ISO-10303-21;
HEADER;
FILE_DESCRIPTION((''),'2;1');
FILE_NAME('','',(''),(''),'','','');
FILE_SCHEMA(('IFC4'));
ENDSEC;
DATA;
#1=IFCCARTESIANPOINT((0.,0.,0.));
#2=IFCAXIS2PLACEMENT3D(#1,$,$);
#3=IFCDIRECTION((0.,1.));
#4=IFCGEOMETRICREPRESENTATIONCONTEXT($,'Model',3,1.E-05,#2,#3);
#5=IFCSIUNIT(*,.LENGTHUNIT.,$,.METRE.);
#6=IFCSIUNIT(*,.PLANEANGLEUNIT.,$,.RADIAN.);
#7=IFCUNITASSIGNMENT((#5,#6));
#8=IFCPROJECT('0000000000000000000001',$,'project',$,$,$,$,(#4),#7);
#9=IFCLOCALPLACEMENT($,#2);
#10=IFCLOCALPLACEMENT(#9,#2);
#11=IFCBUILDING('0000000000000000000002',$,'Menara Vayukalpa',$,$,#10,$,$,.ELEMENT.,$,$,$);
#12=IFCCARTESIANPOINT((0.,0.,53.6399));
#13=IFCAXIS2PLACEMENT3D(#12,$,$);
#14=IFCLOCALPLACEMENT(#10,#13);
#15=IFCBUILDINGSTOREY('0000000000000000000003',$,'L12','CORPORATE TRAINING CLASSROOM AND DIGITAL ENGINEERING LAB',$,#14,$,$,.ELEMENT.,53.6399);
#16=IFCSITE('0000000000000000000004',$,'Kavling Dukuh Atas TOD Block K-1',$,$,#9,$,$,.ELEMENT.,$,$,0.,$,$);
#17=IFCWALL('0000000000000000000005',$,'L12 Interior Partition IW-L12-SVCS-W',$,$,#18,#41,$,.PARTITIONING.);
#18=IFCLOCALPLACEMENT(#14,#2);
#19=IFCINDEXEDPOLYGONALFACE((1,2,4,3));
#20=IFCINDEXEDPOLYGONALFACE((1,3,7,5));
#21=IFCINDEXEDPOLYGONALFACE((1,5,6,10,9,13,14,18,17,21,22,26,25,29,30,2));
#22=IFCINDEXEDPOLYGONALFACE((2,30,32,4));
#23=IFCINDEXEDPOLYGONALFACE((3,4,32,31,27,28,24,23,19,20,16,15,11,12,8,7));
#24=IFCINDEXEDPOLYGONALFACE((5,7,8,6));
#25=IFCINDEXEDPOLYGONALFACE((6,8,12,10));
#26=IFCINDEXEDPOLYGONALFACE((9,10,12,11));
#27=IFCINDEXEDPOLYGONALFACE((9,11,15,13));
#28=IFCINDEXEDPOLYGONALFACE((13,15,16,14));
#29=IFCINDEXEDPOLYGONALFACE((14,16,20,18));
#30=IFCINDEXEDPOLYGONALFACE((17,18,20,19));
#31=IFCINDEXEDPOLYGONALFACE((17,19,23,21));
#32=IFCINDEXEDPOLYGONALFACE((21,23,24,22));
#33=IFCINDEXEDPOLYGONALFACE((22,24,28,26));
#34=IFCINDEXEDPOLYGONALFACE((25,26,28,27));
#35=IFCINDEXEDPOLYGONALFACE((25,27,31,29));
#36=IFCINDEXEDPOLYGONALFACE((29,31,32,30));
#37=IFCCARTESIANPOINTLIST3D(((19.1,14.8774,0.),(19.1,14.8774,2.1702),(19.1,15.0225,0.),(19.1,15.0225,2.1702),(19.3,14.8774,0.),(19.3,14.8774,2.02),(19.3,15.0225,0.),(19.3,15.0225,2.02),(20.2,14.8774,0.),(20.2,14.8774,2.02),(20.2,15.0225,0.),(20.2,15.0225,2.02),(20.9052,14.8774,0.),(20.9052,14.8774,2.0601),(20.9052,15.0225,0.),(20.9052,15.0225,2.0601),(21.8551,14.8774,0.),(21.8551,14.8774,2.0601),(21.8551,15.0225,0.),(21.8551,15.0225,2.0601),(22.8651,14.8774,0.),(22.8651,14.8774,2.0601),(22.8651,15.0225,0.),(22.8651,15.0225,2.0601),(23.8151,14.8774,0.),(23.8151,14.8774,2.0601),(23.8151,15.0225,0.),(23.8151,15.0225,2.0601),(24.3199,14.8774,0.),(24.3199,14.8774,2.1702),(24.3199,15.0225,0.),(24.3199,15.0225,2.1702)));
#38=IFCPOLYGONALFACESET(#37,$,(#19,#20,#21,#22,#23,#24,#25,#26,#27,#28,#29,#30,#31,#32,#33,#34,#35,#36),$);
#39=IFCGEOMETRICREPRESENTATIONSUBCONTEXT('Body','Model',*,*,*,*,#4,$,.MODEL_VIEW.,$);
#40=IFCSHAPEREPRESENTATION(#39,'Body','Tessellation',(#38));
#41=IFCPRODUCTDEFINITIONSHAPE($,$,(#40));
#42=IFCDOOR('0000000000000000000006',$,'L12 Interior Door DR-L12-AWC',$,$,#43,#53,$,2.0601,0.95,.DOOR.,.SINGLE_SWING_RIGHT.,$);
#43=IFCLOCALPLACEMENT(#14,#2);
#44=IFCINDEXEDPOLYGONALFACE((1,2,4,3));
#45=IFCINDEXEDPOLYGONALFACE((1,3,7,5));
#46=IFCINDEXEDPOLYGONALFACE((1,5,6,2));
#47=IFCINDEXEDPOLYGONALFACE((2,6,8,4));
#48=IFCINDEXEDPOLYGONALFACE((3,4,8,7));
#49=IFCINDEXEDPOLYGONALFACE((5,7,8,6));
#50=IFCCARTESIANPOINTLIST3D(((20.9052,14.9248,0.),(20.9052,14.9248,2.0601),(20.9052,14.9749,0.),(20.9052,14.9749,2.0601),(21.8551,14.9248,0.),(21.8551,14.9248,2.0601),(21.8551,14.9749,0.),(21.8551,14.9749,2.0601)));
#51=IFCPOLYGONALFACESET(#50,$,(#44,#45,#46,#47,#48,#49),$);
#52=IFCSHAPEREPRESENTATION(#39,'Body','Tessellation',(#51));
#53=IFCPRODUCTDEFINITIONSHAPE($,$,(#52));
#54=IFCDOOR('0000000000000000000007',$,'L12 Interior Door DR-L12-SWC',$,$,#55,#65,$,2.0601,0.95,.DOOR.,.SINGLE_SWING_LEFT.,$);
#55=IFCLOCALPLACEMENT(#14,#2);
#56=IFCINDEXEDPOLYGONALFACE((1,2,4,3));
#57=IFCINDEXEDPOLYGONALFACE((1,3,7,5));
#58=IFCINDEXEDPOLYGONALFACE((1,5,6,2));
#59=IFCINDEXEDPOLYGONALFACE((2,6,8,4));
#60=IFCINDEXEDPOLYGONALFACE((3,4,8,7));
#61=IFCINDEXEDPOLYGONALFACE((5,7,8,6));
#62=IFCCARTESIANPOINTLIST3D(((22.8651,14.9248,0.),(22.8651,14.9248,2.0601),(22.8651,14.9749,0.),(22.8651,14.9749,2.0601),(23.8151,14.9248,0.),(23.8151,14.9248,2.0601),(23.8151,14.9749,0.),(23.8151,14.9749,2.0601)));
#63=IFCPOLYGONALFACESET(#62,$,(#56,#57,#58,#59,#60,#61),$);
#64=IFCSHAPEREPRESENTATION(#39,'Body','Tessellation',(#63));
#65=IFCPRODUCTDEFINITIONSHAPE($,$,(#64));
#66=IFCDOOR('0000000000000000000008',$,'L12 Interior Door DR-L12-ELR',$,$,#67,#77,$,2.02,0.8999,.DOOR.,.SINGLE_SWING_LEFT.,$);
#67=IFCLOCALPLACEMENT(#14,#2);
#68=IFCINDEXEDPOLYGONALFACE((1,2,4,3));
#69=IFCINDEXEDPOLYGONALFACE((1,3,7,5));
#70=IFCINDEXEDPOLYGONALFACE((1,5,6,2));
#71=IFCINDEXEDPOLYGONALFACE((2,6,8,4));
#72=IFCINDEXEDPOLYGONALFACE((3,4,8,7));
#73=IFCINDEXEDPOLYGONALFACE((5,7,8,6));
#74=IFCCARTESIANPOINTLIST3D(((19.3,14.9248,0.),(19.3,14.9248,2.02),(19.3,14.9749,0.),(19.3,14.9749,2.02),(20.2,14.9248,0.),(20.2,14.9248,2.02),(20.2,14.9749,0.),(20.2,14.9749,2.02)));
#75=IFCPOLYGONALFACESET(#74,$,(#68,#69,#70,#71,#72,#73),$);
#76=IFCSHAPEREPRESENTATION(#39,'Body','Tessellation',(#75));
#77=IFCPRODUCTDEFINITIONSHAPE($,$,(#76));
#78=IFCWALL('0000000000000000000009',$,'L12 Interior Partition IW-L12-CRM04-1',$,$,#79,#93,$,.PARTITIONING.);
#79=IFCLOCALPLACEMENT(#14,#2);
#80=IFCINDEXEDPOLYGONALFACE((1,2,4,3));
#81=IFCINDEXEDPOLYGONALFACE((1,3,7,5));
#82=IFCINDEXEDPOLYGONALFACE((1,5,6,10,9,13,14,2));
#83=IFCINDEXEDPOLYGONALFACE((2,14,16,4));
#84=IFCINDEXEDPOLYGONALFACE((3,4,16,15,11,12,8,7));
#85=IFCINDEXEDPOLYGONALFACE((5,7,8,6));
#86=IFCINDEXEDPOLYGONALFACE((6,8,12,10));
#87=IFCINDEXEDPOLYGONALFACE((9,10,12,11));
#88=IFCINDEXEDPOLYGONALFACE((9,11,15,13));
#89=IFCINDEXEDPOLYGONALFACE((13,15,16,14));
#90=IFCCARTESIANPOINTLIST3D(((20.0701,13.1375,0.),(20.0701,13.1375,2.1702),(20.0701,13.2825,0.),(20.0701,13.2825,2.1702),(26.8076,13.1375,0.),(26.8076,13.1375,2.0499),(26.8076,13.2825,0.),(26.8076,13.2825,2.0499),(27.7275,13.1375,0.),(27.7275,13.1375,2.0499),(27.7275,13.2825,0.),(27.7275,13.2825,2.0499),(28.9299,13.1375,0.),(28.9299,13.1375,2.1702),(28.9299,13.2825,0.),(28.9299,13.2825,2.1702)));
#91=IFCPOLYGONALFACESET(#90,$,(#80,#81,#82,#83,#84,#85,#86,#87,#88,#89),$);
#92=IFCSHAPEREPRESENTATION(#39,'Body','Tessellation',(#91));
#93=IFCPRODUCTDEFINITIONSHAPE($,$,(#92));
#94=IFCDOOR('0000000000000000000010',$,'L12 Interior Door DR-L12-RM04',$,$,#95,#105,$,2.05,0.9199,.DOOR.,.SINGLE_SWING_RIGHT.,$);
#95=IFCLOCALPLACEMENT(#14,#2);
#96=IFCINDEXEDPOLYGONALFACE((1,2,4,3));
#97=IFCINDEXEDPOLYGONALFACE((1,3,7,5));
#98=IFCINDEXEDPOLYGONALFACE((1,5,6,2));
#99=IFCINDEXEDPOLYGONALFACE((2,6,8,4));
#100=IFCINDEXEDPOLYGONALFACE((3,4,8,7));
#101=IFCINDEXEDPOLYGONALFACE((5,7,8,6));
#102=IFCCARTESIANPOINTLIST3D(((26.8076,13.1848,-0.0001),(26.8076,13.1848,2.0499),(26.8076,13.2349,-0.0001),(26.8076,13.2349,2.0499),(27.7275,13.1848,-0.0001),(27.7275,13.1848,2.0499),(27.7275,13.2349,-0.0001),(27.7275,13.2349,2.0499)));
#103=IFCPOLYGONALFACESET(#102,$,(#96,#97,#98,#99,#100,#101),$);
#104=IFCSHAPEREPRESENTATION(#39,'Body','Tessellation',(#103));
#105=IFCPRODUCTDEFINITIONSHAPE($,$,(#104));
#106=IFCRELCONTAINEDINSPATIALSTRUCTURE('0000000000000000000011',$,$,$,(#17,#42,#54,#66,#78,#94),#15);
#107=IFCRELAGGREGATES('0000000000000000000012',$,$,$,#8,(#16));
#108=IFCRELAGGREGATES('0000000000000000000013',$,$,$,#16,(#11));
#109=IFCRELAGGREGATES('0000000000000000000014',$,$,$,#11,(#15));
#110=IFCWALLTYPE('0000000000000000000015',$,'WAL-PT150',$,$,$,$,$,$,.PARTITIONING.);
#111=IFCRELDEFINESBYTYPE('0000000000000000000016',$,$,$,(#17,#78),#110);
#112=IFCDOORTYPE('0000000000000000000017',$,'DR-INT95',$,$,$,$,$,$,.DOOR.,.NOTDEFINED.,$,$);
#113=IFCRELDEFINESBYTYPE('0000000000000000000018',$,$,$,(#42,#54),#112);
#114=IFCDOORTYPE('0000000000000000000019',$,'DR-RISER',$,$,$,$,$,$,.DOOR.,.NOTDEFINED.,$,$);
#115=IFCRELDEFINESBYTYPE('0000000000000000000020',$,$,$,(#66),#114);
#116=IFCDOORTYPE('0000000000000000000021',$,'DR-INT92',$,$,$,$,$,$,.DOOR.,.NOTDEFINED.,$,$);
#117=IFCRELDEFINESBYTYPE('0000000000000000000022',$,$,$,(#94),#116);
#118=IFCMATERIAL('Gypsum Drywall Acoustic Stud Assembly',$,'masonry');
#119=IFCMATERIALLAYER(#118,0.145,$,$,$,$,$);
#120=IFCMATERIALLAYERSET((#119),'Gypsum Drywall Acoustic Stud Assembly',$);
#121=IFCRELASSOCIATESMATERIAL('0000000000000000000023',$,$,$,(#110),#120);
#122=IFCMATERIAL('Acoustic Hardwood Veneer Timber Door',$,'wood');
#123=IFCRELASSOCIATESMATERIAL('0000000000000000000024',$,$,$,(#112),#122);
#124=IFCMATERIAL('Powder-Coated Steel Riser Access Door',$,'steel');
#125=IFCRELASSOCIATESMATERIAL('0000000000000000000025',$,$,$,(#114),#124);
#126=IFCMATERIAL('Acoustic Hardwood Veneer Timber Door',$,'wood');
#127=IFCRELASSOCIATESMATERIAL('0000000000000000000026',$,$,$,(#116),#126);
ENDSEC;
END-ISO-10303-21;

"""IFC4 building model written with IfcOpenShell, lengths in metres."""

from ifc_helpers import new_model, si_unit, direction, frame, frame_2d, origin, place, context, subcontext, project, spatial, rectangle, extrude, material, layer, layer_set, type_object, element, fill, save


model = new_model("IFC4")

# Units and contexts
model_context = context("Model", 3, precision=1e-05, world=origin(), true_north=direction((0.0, 1.0)))
body_context = subcontext(model_context, "Body", "Model", "MODEL_VIEW")
ifc_project = project(units=[si_unit("LENGTHUNIT", "METRE"), si_unit("PLANEANGLEUNIT", "RADIAN")], contexts=[model_context])

# Site, building, storey
site_placement = place(None, origin())
site = spatial("IfcSite", under=ifc_project, at=site_placement, Name="Kavling Dukuh Atas TOD Block K-1", CompositionType="ELEMENT", RefElevation=0.0)
building_placement = place(site_placement, origin())
building = spatial("IfcBuilding", under=site, at=building_placement, Name="Menara Vayukalpa", CompositionType="ELEMENT")
storey_placement = place(building_placement, frame((0.0, 0.0, 53.6399)))
storey = spatial("IfcBuildingStorey", under=building, at=storey_placement, Name="L12", Description="CORPORATE TRAINING CLASSROOM AND DIGITAL ENGINEERING LAB", CompositionType="ELEMENT", Elevation=53.6399)

# Wall, openings, doors
ifc_material_1 = material(Name="Gypsum Drywall Acoustic Stud Assembly", Category="masonry")
ifc_layer_1 = layer(ifc_material_1, 0.145)
ifc_layer_set_1 = layer_set([ifc_layer_1], Name="Gypsum Drywall Acoustic Stud Assembly")
wall_type_1 = type_object("IfcWallType", Name="WAL-PT150", PredefinedType="PARTITIONING", material=ifc_layer_set_1)
wall_1_placement = place(storey_placement, frame((19.1001, 14.95, 0.0), z_axis=(0.0, 0.0, 1.0), x_axis=(1.0, 0.0, 0.0)))
wall_1 = element("IfcWall", 1, at=wall_1_placement, inside=storey, type_object=wall_type_1, Name="L12 Interior Partition IW-L12-SVCS-W", PredefinedType="PARTITIONING", context=body_context, shape_type="SweptSolid", body=[
    extrude(rectangle(XDim=5.22, YDim=0.145, at=frame_2d((2.6099, 0.0))), origin(), (0.0, 0.0, 1.0), 2.1702),
])
opening_1_placement = place(wall_1_placement, frame((0.2, 0.0, 0.0)))
opening_1 = element("IfcOpeningElement", 2, at=opening_1_placement, cuts=wall_1, PredefinedType="OPENING", context=body_context, shape_type="SweptSolid", body=[
    extrude(rectangle(XDim=0.8999, YDim=2.02, at=frame_2d((0.45, 1.01))), frame((0.0, 0.0825, 0.0), z_axis=(0.0, -1.0, 0.0), x_axis=(1.0, 0.0, 0.0)), (0.0, 0.0, 1.0), 0.165),
])
opening_2_placement = place(wall_1_placement, frame((1.8049, 0.0, 0.0)))
opening_2 = element("IfcOpeningElement", 3, at=opening_2_placement, cuts=wall_1, PredefinedType="OPENING", context=body_context, shape_type="SweptSolid", body=[
    extrude(rectangle(XDim=0.95, YDim=2.0601, at=frame_2d((0.4751, 1.03))), frame((0.0, 0.0825, 0.0), z_axis=(0.0, -1.0, 0.0), x_axis=(1.0, 0.0, 0.0)), (0.0, 0.0, 1.0), 0.165),
])
opening_3_placement = place(wall_1_placement, frame((3.7649, 0.0, 0.0)))
opening_3 = element("IfcOpeningElement", 4, at=opening_3_placement, cuts=wall_1, PredefinedType="OPENING", context=body_context, shape_type="SweptSolid", body=[
    extrude(rectangle(XDim=0.95, YDim=2.0601, at=frame_2d((0.4751, 1.03))), frame((0.0, 0.0825, 0.0), z_axis=(0.0, -1.0, 0.0), x_axis=(1.0, 0.0, 0.0)), (0.0, 0.0, 1.0), 0.165),
])
ifc_material_2 = material(Name="Acoustic Hardwood Veneer Timber Door", Category="wood")
door_type_1 = type_object("IfcDoorType", Name="DR-INT95", OperationType="NOTDEFINED", PredefinedType="DOOR", material=ifc_material_2)
door_1_placement = place(opening_2_placement, origin())
door_1 = element("IfcDoor", 5, at=door_1_placement, inside=storey, type_object=door_type_1, Name="L12 Interior Door DR-L12-AWC", OperationType="SINGLE_SWING_RIGHT", OverallHeight=2.0601, OverallWidth=0.95, PredefinedType="DOOR", context=body_context, shape_type="SweptSolid", body=[
    extrude(rectangle(XDim=0.95, YDim=2.0601, at=frame_2d((0.4751, 1.03))), frame((0.0, 0.0249, 0.0), z_axis=(0.0, -1.0, 0.0), x_axis=(1.0, 0.0, 0.0)), (0.0, 0.0, 1.0), 0.05),
])
fill(opening_2, door_1)
door_2_placement = place(opening_3_placement, origin())
door_2 = element("IfcDoor", 6, at=door_2_placement, inside=storey, type_object=door_type_1, Name="L12 Interior Door DR-L12-SWC", OperationType="SINGLE_SWING_LEFT", OverallHeight=2.0601, OverallWidth=0.95, PredefinedType="DOOR", context=body_context, shape_type="SweptSolid", body=[
    extrude(rectangle(XDim=0.95, YDim=2.0601, at=frame_2d((0.4751, 1.03))), frame((0.0, 0.0249, 0.0), z_axis=(0.0, -1.0, 0.0), x_axis=(1.0, 0.0, 0.0)), (0.0, 0.0, 1.0), 0.05),
])
fill(opening_3, door_2)
ifc_material_3 = material(Name="Powder-Coated Steel Riser Access Door", Category="steel")
door_type_2 = type_object("IfcDoorType", Name="DR-RISER", OperationType="NOTDEFINED", PredefinedType="DOOR", material=ifc_material_3)
door_3_placement = place(opening_1_placement, origin())
door_3 = element("IfcDoor", 7, at=door_3_placement, inside=storey, type_object=door_type_2, Name="L12 Interior Door DR-L12-ELR", OperationType="SINGLE_SWING_LEFT", OverallHeight=2.02, OverallWidth=0.8999, PredefinedType="DOOR", context=body_context, shape_type="SweptSolid", body=[
    extrude(rectangle(XDim=0.8999, YDim=2.02, at=frame_2d((0.45, 1.01))), frame((0.0, 0.0249, 0.0), z_axis=(0.0, -1.0, 0.0), x_axis=(1.0, 0.0, 0.0)), (0.0, 0.0, 1.0), 0.05),
])
fill(opening_1, door_3)

# Wall, opening, door
wall_2_placement = place(storey_placement, frame((20.0701, 13.21, 0.0), z_axis=(0.0, 0.0, 1.0), x_axis=(1.0, 0.0, 0.0)))
wall_2 = element("IfcWall", 8, at=wall_2_placement, inside=storey, type_object=wall_type_1, Name="L12 Interior Partition IW-L12-CRM04-1", PredefinedType="PARTITIONING", context=body_context, shape_type="SweptSolid", body=[
    extrude(rectangle(XDim=8.8599, YDim=0.145, at=frame_2d((4.4299, 0.0))), origin(), (0.0, 0.0, 1.0), 2.1702),
])
opening_4_placement = place(wall_2_placement, frame((6.7375, 0.0, 0.0)))
opening_4 = element("IfcOpeningElement", 9, at=opening_4_placement, cuts=wall_2, PredefinedType="OPENING", context=body_context, shape_type="SweptSolid", body=[
    extrude(rectangle(XDim=0.9199, YDim=2.05, at=frame_2d((0.46, 1.0249))), frame((0.0, 0.0825, 0.0), z_axis=(0.0, -1.0, 0.0), x_axis=(1.0, 0.0, 0.0)), (0.0, 0.0, 1.0), 0.165),
])
ifc_material_4 = material(Name="Acoustic Hardwood Veneer Timber Door", Category="wood")
door_type_3 = type_object("IfcDoorType", Name="DR-INT92", OperationType="NOTDEFINED", PredefinedType="DOOR", material=ifc_material_4)
door_4_placement = place(opening_4_placement, origin())
door_4 = element("IfcDoor", 10, at=door_4_placement, inside=storey, type_object=door_type_3, Name="L12 Interior Door DR-L12-RM04", OperationType="SINGLE_SWING_RIGHT", OverallHeight=2.05, OverallWidth=0.9199, PredefinedType="DOOR", context=body_context, shape_type="SweptSolid", body=[
    extrude(rectangle(XDim=0.9199, YDim=2.05, at=frame_2d((0.46, 1.0249))), frame((0.0, 0.0249, 0.0), z_axis=(0.0, -1.0, 0.0), x_axis=(1.0, 0.0, 0.0)), (0.0, 0.0, 1.0), 0.05),
])
fill(opening_4, door_4)

save(model, "model.ifc")
